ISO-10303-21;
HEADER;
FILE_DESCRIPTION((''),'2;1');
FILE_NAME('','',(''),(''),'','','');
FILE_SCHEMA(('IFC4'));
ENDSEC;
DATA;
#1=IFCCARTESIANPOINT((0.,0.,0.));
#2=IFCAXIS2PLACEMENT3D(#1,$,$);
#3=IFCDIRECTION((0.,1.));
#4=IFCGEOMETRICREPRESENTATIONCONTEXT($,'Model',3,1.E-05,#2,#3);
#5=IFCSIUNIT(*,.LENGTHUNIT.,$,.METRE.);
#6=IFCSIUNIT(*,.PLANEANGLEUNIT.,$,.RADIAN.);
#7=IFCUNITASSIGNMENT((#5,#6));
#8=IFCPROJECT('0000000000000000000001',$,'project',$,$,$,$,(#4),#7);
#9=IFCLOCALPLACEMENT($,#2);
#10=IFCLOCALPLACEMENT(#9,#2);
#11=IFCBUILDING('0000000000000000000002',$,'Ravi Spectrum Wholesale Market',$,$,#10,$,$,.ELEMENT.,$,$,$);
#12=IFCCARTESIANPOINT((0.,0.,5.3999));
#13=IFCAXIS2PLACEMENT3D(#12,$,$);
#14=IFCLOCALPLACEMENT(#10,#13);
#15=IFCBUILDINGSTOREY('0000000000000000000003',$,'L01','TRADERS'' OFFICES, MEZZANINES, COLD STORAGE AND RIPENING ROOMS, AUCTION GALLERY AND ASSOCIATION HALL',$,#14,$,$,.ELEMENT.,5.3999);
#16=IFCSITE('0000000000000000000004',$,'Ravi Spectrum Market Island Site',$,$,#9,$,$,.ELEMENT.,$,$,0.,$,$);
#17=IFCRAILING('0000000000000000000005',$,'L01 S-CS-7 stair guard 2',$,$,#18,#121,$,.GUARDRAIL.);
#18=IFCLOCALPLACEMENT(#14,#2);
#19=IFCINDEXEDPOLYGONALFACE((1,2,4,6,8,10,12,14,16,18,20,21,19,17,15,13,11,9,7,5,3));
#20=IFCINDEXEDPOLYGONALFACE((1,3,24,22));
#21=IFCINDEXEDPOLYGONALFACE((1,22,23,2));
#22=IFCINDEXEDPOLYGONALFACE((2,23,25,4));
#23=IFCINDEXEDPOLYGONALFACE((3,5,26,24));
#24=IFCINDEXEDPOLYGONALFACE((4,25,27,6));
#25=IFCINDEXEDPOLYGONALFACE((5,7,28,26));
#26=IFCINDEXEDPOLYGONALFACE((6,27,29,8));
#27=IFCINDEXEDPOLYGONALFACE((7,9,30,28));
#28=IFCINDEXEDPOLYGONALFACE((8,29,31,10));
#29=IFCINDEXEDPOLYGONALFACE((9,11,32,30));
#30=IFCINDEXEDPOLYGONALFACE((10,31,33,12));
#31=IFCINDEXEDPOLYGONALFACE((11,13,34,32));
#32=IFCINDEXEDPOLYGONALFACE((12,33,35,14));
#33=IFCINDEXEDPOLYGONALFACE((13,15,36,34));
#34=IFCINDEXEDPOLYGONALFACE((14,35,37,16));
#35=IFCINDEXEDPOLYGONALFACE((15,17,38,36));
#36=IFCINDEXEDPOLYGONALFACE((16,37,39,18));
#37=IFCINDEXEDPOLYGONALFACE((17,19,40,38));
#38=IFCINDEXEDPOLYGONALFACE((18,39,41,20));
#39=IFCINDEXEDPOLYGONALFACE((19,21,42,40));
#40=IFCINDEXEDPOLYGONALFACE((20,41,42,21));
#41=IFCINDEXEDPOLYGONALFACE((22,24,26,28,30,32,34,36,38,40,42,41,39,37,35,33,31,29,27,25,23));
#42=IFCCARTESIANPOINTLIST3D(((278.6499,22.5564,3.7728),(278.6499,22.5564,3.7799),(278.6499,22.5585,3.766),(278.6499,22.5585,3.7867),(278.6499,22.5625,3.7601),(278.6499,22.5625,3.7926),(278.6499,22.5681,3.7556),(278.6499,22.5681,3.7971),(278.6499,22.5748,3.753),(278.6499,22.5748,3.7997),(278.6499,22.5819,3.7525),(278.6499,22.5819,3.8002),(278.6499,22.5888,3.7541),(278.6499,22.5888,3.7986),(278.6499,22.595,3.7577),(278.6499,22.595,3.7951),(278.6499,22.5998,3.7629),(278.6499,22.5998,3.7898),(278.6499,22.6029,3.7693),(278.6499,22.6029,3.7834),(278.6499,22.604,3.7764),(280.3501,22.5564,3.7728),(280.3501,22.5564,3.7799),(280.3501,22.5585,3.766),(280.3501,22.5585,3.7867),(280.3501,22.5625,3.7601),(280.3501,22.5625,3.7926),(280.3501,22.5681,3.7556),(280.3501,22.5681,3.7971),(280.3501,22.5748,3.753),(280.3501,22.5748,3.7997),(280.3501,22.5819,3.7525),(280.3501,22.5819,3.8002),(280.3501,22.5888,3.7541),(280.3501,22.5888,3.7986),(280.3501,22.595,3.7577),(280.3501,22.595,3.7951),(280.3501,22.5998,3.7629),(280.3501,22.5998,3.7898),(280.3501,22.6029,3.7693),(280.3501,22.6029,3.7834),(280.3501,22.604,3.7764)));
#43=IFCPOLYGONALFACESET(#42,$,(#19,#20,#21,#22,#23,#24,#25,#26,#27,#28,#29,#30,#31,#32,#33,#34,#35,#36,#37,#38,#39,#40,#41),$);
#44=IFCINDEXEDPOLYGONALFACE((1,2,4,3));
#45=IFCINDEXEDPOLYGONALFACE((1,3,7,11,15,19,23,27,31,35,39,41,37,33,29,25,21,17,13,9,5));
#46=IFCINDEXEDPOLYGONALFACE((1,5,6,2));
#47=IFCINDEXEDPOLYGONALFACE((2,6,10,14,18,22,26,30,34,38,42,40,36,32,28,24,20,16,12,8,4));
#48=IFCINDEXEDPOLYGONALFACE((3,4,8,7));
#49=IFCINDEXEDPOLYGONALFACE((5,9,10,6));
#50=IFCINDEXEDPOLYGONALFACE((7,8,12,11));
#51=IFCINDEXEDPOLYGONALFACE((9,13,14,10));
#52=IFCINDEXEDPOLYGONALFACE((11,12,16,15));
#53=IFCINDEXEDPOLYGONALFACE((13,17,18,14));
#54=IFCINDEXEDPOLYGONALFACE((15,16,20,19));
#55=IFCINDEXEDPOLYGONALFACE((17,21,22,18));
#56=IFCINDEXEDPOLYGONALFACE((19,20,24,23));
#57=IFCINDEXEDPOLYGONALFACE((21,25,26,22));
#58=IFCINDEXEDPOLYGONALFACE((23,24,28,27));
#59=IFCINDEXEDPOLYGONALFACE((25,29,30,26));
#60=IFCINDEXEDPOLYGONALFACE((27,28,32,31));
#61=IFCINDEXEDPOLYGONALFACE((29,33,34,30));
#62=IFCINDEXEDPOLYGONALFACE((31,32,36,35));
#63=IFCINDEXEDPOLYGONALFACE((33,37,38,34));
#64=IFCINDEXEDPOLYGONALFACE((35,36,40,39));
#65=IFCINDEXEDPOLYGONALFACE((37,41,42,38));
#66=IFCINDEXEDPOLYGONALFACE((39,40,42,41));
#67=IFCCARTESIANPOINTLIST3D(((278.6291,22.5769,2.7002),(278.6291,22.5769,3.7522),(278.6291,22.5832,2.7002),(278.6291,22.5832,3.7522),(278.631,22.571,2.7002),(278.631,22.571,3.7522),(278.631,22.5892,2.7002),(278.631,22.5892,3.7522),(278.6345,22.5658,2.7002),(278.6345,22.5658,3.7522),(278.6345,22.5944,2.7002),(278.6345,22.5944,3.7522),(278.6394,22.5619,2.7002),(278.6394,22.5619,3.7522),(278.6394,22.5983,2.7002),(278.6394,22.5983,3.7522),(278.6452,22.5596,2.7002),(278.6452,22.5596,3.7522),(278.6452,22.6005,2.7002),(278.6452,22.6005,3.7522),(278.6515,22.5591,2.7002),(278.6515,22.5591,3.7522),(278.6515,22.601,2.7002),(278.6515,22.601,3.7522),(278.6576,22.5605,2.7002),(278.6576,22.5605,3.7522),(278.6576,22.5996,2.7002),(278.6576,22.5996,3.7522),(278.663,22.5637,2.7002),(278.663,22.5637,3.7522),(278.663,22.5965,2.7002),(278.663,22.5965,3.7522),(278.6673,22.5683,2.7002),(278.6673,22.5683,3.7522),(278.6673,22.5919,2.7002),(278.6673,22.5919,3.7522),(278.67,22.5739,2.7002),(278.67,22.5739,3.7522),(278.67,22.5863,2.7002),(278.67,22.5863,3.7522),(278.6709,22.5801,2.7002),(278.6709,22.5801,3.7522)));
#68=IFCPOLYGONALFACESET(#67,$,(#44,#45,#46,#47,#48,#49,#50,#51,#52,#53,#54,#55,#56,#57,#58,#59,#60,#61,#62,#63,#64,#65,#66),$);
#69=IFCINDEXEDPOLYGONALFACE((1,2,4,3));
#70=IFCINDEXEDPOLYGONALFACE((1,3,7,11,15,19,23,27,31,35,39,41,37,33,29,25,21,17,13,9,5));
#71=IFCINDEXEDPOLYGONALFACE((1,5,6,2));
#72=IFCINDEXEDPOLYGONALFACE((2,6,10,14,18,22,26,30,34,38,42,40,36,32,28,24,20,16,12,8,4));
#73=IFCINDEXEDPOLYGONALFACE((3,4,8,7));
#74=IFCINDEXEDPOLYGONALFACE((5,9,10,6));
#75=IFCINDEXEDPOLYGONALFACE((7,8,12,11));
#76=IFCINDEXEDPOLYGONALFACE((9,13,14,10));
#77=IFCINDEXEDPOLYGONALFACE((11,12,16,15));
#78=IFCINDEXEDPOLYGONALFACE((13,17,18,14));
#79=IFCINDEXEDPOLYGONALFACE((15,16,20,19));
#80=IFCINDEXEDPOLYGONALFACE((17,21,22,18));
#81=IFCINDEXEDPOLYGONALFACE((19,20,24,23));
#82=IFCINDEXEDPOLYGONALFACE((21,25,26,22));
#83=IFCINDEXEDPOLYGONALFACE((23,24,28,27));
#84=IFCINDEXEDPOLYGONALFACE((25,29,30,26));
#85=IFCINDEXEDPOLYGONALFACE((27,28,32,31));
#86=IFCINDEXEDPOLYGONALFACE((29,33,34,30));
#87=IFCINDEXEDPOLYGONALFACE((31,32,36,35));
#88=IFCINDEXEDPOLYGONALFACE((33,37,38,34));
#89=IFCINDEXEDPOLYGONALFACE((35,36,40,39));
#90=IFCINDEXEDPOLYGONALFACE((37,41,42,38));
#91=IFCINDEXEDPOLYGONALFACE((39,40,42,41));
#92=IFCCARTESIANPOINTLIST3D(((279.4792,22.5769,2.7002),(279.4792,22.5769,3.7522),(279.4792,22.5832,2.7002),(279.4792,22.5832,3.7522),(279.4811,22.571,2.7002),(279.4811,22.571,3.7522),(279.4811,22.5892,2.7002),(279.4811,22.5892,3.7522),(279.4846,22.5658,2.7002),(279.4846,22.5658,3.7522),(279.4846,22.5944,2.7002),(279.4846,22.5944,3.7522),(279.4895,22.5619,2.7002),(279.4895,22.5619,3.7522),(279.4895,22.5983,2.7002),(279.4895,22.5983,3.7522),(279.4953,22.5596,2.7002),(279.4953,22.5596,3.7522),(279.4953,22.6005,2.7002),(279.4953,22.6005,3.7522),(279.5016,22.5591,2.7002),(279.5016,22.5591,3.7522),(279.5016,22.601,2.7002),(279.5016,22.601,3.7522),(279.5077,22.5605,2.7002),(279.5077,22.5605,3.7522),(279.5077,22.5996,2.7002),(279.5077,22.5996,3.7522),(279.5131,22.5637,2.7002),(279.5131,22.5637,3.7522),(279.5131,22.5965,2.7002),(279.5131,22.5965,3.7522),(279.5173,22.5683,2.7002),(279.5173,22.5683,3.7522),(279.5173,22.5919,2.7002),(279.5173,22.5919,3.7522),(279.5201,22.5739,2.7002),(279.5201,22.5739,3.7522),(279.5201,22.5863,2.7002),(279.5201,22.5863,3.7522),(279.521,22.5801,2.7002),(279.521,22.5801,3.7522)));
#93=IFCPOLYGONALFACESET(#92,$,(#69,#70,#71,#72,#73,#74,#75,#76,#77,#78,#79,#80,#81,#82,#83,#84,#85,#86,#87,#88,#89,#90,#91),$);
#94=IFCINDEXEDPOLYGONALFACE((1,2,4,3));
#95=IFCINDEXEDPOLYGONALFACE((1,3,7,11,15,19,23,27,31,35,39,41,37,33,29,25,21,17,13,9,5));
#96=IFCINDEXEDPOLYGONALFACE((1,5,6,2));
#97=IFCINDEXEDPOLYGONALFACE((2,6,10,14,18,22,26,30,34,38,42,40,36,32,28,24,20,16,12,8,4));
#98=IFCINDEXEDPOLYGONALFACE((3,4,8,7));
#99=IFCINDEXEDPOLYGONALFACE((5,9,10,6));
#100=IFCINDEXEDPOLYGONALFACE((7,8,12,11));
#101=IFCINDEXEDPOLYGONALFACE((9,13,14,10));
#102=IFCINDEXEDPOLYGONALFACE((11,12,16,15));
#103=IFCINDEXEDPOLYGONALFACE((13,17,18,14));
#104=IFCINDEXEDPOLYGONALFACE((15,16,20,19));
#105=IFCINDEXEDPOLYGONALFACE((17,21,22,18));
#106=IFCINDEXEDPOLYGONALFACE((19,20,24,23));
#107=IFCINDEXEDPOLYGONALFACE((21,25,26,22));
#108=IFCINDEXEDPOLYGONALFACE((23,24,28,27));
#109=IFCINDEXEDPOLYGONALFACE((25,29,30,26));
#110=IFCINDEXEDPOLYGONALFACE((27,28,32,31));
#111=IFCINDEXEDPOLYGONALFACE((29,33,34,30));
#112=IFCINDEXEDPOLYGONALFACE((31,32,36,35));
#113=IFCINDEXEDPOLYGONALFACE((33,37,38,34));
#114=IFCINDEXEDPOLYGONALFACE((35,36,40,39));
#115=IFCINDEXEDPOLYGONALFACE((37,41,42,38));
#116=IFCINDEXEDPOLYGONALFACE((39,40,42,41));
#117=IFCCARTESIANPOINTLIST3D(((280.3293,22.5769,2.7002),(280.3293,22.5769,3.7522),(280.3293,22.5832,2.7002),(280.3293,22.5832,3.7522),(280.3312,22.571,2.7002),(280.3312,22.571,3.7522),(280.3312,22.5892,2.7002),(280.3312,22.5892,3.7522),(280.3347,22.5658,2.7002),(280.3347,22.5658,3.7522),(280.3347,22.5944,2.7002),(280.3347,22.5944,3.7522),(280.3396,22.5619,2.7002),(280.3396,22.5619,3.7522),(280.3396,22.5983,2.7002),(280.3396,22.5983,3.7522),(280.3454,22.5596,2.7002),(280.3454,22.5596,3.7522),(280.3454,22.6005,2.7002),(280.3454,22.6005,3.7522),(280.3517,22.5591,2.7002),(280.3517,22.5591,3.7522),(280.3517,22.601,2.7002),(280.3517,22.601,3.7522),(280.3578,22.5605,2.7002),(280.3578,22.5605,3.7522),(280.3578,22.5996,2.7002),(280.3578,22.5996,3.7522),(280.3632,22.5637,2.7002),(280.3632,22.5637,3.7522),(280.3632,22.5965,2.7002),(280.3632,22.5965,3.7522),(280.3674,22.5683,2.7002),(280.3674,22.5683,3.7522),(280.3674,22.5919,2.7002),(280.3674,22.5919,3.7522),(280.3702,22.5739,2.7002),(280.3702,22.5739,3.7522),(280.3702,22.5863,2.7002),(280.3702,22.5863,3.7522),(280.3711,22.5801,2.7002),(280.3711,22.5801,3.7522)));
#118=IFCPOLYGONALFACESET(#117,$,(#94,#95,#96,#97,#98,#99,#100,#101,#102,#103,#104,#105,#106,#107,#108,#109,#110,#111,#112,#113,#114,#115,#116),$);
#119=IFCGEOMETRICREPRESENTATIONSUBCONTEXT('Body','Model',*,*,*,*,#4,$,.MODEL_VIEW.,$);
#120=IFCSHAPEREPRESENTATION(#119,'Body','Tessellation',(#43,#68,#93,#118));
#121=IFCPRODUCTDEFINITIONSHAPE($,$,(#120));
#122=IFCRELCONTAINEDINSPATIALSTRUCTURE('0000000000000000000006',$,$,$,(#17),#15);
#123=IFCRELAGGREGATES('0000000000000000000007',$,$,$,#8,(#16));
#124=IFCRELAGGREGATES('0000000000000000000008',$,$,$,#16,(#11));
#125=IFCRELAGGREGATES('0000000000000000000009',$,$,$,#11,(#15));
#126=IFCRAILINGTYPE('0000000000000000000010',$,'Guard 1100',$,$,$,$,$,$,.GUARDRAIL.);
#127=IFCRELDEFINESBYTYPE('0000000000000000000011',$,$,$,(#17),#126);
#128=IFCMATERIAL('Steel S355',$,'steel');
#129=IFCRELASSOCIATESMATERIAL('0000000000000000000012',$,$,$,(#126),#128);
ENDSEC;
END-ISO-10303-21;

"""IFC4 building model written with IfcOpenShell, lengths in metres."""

from ifc_helpers import new_model, si_unit, direction, frame, origin, origin_2d, place, context, subcontext, project, spatial, circle, extrude, material, type_object, element, save


model = new_model("IFC4")

# Units and contexts
model_context = context("Model", 3, precision=1e-05, world=origin(), true_north=direction((0.0, 1.0)))
body_context = subcontext(model_context, "Body", "Model", "MODEL_VIEW")
ifc_project = project(units=[si_unit("LENGTHUNIT", "METRE"), si_unit("PLANEANGLEUNIT", "RADIAN")], contexts=[model_context])

# Site, building, storey
site_placement = place(None, origin())
site = spatial("IfcSite", under=ifc_project, at=site_placement, Name="Ravi Spectrum Market Island Site", CompositionType="ELEMENT", RefElevation=0.0)
building_placement = place(site_placement, origin())
building = spatial("IfcBuilding", under=site, at=building_placement, Name="Ravi Spectrum Wholesale Market", CompositionType="ELEMENT")
storey_placement = place(building_placement, frame((0.0, 0.0, 5.3999)))
storey = spatial("IfcBuildingStorey", under=building, at=storey_placement, Name="L01", Description="TRADERS' OFFICES, MEZZANINES, COLD STORAGE AND RIPENING ROOMS, AUCTION GALLERY AND ASSOCIATION HALL", CompositionType="ELEMENT", Elevation=5.3999)

# Railing
ifc_material_1 = material(Name="Steel S355", Category="steel")
railing_type_1 = type_object("IfcRailingType", Name="Guard 1100", PredefinedType="GUARDRAIL", material=ifc_material_1)
railing_1_placement = place(storey_placement, frame((278.6499, 22.5801, 2.7002)))
element("IfcRailing", 1, at=railing_1_placement, inside=storey, type_object=railing_type_1, Name="L01 S-CS-7 stair guard 2", PredefinedType="GUARDRAIL", context=body_context, shape_type="SweptSolid", body=[
    extrude(circle(Radius=0.0239, at=origin_2d()), frame((0.0, 0.0, 1.0762), z_axis=(1.0, 0.0, 0.0), x_axis=(0.0, 1.0, 0.0)), (0.0, 0.0, 1.0), 1.7002),
    extrude(circle(Radius=0.021, at=origin_2d()), origin(), (0.0, 0.0, 1.0), 1.052),
    extrude(circle(Radius=0.021, at=origin_2d()), frame((0.8501, 0.0, 0.0)), (0.0, 0.0, 1.0), 1.052),
    extrude(circle(Radius=0.021, at=origin_2d()), frame((1.7002, 0.0, 0.0)), (0.0, 0.0, 1.0), 1.052),
])

save(model, "model.ifc")
